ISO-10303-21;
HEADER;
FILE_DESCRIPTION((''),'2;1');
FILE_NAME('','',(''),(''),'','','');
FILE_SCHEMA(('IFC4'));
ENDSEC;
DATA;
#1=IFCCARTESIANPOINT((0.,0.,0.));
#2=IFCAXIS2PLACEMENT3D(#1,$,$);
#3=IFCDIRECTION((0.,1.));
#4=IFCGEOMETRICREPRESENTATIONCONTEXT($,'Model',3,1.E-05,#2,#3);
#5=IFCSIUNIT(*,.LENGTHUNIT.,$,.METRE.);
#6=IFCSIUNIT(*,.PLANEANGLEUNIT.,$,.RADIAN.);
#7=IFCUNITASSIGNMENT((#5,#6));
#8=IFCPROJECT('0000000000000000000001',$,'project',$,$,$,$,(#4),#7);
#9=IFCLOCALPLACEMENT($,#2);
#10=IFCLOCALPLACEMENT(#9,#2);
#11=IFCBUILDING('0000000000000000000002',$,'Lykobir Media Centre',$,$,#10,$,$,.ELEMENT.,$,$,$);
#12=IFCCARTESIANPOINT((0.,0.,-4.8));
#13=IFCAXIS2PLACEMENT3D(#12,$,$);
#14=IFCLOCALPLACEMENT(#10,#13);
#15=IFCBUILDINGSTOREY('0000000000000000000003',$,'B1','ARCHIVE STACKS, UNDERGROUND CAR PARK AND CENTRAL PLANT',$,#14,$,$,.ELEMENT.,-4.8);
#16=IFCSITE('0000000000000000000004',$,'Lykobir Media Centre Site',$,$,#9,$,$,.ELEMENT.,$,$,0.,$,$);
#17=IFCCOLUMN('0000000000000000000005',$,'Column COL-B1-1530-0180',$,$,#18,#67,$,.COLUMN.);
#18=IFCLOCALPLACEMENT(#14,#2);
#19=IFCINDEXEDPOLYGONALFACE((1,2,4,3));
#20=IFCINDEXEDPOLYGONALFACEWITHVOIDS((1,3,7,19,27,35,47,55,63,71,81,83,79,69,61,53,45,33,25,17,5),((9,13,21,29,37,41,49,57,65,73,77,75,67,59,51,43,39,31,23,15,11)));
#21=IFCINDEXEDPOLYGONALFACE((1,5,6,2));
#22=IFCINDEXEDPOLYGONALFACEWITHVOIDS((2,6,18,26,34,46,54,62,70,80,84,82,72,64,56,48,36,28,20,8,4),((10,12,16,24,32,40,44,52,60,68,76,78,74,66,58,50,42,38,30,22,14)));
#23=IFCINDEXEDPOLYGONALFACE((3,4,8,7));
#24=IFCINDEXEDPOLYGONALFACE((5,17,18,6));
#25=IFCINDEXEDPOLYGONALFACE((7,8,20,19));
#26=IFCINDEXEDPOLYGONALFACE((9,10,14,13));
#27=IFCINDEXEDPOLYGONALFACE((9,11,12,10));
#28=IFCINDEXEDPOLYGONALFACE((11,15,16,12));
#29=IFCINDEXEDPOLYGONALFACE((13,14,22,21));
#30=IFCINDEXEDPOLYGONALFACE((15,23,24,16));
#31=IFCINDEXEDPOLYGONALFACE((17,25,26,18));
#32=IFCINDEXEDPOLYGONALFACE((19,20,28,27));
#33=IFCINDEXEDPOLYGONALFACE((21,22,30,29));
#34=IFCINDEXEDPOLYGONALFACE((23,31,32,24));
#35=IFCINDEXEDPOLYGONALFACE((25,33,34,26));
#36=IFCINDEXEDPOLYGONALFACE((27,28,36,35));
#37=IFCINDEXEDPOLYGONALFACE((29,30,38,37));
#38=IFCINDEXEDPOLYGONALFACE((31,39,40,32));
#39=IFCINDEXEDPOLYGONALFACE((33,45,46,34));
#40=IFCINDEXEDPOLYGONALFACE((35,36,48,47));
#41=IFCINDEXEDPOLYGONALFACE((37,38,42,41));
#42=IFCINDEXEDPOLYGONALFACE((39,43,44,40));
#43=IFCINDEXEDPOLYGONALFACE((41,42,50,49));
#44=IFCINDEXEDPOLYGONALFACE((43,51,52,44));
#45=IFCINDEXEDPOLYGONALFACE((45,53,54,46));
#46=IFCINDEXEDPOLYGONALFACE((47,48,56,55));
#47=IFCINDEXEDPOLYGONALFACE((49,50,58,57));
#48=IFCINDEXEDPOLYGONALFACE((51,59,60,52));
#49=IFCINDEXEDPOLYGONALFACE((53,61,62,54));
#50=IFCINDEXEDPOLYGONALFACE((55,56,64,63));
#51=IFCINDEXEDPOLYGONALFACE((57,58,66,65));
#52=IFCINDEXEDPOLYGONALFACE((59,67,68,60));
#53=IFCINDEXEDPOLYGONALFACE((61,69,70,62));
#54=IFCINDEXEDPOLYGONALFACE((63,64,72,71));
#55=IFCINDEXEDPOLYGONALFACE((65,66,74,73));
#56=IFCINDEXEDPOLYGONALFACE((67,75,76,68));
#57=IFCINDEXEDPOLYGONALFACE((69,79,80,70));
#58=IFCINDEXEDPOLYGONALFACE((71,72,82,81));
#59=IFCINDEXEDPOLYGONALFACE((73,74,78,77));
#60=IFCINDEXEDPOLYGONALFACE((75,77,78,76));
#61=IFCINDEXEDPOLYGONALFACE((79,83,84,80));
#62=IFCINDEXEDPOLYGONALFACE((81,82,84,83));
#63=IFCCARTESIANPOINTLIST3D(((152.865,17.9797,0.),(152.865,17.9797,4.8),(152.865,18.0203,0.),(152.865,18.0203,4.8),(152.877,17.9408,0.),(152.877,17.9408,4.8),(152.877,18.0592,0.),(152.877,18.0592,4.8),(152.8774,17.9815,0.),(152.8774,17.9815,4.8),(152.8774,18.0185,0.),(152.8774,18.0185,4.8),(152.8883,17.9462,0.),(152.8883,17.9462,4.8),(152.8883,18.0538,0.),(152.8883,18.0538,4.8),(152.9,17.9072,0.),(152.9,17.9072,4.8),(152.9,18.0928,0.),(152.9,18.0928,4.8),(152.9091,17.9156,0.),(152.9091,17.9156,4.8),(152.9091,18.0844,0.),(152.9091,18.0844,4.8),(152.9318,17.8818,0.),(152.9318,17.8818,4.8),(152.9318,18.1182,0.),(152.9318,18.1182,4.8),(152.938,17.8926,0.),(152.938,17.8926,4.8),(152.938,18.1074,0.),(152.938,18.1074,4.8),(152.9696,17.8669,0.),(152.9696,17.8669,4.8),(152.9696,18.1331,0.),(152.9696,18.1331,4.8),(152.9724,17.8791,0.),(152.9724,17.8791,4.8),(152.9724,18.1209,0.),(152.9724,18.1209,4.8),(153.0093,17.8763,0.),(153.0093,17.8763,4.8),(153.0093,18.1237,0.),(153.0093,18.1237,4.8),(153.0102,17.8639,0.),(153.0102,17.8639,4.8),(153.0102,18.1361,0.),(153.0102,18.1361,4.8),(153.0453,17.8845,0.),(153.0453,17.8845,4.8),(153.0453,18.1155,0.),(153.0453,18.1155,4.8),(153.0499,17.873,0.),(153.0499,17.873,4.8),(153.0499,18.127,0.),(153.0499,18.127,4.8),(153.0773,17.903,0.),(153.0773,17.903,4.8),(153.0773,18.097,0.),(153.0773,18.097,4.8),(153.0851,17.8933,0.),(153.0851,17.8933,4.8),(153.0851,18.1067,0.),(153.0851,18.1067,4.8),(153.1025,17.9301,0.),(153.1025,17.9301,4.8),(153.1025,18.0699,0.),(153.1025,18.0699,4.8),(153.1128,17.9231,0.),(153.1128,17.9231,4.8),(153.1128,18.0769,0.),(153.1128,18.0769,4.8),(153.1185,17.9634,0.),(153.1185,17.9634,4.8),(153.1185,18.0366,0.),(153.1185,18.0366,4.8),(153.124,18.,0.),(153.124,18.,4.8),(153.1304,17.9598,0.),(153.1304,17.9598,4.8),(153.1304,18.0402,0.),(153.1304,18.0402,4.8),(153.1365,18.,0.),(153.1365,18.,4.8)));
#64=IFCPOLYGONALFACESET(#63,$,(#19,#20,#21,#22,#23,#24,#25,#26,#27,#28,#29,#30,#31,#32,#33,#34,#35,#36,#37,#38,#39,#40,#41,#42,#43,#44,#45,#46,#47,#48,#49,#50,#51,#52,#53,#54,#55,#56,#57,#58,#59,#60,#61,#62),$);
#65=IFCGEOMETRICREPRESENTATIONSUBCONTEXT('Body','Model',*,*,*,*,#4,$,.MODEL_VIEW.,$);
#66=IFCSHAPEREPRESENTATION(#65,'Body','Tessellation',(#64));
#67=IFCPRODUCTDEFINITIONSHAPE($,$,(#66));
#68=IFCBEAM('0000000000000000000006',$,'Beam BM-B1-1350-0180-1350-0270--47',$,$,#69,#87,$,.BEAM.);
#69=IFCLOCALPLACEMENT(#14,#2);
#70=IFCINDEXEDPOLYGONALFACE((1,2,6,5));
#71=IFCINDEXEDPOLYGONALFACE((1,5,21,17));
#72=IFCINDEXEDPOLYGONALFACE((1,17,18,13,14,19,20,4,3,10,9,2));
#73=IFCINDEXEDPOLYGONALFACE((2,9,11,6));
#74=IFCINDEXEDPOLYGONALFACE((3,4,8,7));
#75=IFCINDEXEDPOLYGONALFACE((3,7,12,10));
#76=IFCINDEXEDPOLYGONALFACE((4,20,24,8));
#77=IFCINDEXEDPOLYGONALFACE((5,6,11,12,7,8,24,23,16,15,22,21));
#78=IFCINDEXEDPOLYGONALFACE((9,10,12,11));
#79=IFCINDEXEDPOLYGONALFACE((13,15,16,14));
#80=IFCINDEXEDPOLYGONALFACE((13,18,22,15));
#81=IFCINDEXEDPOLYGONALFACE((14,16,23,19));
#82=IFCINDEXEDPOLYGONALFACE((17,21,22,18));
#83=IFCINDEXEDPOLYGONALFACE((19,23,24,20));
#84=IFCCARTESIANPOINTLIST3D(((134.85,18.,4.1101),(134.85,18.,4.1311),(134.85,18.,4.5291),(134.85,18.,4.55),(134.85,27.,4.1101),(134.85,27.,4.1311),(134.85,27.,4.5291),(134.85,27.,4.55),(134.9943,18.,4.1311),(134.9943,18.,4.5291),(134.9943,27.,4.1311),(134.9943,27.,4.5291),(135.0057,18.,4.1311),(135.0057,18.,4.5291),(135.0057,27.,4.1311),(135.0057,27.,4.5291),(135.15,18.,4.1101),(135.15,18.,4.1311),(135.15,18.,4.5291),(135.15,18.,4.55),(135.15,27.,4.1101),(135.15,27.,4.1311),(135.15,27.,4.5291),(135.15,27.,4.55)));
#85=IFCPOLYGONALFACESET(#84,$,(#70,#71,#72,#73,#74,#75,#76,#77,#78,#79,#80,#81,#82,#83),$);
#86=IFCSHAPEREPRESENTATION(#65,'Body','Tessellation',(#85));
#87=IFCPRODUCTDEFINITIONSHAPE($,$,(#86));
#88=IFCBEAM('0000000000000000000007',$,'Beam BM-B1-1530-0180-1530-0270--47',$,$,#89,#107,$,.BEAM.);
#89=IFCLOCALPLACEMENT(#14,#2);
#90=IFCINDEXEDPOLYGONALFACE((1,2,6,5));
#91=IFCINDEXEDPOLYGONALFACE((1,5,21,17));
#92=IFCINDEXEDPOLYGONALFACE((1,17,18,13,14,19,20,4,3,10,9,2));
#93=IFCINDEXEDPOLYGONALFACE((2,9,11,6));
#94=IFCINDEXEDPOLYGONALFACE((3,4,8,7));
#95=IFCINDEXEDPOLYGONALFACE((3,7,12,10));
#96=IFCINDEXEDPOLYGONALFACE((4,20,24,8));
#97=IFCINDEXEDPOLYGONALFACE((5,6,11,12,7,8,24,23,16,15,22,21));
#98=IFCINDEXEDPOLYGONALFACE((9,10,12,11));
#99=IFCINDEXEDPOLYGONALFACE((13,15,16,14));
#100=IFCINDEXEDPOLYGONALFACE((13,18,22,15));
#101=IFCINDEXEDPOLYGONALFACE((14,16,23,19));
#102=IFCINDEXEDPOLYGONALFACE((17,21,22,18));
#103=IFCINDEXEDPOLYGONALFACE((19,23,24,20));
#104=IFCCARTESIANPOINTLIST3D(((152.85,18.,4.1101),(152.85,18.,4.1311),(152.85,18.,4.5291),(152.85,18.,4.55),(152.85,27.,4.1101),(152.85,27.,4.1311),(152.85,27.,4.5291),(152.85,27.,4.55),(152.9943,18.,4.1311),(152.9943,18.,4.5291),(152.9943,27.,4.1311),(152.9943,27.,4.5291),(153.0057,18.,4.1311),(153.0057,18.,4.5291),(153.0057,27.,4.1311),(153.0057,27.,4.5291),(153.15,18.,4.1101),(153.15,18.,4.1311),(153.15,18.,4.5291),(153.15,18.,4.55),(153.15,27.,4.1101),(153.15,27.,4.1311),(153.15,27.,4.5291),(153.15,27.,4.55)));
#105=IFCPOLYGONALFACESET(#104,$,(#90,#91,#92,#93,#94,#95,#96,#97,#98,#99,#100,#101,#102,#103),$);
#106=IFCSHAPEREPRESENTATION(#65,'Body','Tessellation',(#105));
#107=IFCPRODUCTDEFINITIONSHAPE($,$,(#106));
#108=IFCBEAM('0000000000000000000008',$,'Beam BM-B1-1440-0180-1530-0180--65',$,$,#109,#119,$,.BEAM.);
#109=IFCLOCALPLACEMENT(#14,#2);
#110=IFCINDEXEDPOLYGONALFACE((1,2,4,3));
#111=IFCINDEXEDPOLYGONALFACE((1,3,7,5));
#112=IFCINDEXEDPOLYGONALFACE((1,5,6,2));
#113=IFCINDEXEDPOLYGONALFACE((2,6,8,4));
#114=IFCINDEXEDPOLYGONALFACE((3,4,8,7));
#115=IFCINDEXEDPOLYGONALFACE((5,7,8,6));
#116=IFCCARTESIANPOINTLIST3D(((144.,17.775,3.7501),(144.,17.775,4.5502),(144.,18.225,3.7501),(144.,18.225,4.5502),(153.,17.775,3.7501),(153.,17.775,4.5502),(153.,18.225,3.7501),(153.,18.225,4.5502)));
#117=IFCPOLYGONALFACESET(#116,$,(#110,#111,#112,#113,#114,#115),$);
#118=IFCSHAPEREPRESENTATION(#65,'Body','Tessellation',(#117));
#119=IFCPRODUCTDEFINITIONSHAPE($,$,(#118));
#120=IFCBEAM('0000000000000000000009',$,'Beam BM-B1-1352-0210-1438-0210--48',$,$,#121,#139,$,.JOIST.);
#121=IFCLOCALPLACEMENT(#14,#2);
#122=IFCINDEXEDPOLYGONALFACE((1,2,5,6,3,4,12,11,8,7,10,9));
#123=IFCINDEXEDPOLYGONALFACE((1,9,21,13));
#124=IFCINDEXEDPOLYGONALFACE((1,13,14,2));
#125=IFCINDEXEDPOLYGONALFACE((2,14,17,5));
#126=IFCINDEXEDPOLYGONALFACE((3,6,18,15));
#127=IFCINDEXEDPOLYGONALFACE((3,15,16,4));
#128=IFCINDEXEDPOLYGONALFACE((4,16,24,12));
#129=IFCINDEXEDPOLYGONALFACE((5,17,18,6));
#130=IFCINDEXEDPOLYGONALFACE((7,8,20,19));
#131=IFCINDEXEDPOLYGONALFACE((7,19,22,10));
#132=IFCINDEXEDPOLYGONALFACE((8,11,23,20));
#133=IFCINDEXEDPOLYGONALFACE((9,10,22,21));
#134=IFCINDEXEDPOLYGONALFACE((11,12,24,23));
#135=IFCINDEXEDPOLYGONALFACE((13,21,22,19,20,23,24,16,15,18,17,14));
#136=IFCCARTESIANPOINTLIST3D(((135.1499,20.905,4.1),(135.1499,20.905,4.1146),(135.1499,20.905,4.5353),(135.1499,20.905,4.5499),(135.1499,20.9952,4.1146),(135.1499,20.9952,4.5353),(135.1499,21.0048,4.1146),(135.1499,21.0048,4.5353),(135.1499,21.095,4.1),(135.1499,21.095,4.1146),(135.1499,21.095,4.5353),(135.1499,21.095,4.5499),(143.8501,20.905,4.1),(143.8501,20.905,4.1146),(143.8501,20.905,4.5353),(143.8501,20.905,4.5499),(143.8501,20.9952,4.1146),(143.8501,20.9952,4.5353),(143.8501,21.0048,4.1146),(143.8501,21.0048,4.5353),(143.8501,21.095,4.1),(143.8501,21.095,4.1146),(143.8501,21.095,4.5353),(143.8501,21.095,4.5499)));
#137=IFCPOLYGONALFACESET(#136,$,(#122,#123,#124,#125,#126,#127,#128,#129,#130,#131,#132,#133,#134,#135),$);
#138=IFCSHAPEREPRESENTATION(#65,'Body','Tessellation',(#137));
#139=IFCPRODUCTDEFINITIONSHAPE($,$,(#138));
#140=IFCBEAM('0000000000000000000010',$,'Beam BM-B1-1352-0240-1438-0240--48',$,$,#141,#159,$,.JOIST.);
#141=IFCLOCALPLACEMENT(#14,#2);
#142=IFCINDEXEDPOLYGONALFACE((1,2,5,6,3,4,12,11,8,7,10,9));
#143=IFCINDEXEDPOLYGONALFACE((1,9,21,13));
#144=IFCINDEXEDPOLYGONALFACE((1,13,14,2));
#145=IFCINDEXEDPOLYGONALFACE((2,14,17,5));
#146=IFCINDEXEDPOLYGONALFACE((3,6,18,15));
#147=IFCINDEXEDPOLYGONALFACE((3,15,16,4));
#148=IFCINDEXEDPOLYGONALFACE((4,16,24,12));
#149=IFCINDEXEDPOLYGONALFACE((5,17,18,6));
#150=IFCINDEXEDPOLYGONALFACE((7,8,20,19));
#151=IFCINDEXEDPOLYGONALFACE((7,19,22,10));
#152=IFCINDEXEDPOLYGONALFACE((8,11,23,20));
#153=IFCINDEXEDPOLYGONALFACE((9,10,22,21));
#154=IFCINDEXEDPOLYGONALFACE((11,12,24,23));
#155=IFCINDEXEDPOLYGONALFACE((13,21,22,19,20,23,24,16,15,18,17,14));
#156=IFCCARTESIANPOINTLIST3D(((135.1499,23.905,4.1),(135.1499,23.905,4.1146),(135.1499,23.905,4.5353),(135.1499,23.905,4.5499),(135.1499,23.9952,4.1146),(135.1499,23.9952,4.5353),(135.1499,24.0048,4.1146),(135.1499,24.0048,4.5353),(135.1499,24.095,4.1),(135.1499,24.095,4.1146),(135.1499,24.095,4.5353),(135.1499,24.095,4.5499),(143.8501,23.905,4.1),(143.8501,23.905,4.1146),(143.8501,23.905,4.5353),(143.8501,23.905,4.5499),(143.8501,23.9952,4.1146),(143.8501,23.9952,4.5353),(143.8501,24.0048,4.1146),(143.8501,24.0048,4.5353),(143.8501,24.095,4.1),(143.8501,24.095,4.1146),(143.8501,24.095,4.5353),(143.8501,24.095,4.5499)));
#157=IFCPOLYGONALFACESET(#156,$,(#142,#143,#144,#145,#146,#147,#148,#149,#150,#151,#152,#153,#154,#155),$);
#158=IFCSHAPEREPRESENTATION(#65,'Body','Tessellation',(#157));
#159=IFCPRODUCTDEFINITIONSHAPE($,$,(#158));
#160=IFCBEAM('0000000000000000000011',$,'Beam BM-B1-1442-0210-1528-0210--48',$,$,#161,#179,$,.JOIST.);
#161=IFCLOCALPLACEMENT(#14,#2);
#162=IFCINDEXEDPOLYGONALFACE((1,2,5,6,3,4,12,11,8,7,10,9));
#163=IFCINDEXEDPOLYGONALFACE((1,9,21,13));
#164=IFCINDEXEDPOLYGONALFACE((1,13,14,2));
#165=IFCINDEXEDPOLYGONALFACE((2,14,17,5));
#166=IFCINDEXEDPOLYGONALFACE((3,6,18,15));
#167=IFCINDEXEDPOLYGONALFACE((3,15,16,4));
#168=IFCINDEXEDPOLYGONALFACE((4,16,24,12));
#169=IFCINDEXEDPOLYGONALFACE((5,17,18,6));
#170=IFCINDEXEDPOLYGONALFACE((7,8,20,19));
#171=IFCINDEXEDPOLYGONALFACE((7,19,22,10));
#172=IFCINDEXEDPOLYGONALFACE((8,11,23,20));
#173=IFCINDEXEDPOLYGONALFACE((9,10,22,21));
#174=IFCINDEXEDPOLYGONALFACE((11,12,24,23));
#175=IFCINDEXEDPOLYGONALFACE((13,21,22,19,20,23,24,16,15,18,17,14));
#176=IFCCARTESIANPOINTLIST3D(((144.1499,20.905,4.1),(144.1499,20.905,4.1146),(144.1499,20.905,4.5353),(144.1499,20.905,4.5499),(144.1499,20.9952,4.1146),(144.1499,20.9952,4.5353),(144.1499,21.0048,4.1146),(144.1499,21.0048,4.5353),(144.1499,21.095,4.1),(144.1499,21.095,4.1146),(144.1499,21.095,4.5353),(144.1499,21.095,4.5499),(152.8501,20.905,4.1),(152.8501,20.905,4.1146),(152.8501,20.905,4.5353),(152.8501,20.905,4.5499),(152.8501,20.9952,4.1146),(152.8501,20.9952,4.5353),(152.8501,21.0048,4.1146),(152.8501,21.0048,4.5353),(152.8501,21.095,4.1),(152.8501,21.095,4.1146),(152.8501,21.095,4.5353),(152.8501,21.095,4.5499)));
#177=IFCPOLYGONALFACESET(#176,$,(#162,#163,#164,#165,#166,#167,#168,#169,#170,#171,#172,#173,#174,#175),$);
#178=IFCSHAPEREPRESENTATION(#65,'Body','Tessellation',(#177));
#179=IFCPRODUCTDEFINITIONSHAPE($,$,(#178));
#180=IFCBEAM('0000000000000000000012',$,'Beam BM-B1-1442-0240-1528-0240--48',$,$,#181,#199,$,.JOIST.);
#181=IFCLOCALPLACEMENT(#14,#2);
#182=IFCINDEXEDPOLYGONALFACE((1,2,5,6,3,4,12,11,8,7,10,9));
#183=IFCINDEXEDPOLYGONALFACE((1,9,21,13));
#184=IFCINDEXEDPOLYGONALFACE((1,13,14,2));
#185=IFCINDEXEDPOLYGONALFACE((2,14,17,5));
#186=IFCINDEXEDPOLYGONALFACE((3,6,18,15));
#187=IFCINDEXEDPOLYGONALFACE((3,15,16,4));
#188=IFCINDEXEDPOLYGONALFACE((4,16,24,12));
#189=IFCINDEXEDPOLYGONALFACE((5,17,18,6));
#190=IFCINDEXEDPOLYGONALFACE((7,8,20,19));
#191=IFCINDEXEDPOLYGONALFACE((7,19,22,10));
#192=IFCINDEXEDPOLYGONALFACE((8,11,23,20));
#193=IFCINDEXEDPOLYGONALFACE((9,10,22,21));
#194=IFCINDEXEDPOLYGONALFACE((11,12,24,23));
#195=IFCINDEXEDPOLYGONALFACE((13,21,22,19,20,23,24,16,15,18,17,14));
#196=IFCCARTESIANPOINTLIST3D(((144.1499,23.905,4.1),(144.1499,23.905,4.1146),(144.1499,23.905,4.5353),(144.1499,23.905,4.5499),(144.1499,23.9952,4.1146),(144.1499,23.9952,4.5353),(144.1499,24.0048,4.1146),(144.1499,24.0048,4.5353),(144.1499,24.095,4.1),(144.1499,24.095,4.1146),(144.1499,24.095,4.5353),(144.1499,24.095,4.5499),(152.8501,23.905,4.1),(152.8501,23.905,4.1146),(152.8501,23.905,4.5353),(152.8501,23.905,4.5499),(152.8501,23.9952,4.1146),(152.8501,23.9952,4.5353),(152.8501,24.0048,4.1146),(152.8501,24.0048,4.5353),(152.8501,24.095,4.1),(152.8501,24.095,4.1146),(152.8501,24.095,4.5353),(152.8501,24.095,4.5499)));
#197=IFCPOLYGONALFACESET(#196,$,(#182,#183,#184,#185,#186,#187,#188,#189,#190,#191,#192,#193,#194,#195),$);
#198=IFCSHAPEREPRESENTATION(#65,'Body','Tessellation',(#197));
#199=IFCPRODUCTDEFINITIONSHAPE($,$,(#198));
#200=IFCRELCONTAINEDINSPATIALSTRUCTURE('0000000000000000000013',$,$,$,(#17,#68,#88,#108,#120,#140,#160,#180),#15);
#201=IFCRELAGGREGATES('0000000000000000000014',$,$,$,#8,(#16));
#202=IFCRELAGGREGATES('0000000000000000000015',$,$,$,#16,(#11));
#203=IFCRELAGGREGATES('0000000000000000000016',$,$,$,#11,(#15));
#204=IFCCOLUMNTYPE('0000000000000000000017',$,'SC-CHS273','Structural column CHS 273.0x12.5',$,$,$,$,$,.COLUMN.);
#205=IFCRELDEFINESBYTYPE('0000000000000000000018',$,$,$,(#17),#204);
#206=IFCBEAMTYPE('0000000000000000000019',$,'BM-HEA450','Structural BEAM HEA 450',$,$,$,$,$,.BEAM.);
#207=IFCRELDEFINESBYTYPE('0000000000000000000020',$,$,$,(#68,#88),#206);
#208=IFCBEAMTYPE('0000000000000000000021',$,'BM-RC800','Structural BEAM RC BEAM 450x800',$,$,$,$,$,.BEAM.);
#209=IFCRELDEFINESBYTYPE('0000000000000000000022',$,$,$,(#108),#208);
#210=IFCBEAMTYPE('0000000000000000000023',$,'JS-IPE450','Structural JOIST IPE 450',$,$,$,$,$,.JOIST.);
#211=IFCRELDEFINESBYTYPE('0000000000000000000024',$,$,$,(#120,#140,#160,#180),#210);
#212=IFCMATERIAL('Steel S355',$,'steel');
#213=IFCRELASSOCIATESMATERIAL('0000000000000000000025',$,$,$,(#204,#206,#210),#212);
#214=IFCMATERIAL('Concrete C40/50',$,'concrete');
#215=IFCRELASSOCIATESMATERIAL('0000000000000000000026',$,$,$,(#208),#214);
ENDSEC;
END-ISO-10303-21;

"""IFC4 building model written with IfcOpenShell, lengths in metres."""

from ifc_helpers import new_model, si_unit, direction, frame, origin, origin_2d, place, context, subcontext, project, spatial, rectangle, hollow_circle, i_section, extrude, material, material_profile, profile_set, type_object, element, save


model = new_model("IFC4")

# Units and contexts
model_context = context("Model", 3, precision=1e-05, world=origin(), true_north=direction((0.0, 1.0)))
body_context = subcontext(model_context, "Body", "Model", "MODEL_VIEW")
ifc_project = project(units=[si_unit("LENGTHUNIT", "METRE"), si_unit("PLANEANGLEUNIT", "RADIAN")], contexts=[model_context])

# Site, building, storey
site_placement = place(None, origin())
site = spatial("IfcSite", under=ifc_project, at=site_placement, Name="Lykobir Media Centre Site", CompositionType="ELEMENT", RefElevation=0.0)
building_placement = place(site_placement, origin())
building = spatial("IfcBuilding", under=site, at=building_placement, Name="Lykobir Media Centre", CompositionType="ELEMENT")
storey_placement = place(building_placement, frame((0.0, 0.0, -4.8)))
storey = spatial("IfcBuildingStorey", under=building, at=storey_placement, Name="B1", Description="ARCHIVE STACKS, UNDERGROUND CAR PARK AND CENTRAL PLANT", CompositionType="ELEMENT", Elevation=-4.8)

# Column
ifc_material_1 = material(Name="Concrete C40/50", Category="concrete")
ifc_material_2 = material(Name="Steel S355", Category="steel")
ifc_material_profile_1 = material_profile(ifc_material_2, hollow_circle(Radius=0.1365, WallThickness=0.0125, at=origin_2d()), Name="CHS 273.0x12.5")
ifc_profile_set_1 = profile_set([ifc_material_profile_1], Name="Steel S355")
column_type_1 = type_object("IfcColumnType", Name="SC-CHS273", Description="Structural column CHS 273.0x12.5", PredefinedType="COLUMN", material=ifc_profile_set_1)
for number, where, z_axis, x_axis, name in (
    (1, (153.0, 18.0, 0.0), (0.0, 0.0, 1.0), (1.0, 0.0, 0.0), "Column COL-B1-1530-0180"),
):
    element("IfcColumn", number, at=place(storey_placement, frame(where, z_axis=z_axis, x_axis=x_axis)), inside=storey, type_object=column_type_1, Name=name, PredefinedType="COLUMN", context=body_context, shape_type="SweptSolid", body=[
        extrude(hollow_circle(Radius=0.1365, WallThickness=0.0125, at=origin_2d()), origin(), (0.0, 0.0, 1.0), 4.8),
    ])

# Beams
ifc_material_profile_2 = material_profile(ifc_material_2, i_section(OverallWidth=0.3, OverallDepth=0.4399, WebThickness=0.0115, FlangeThickness=0.021, at=origin_2d()), Name="HEA 450")
ifc_profile_set_2 = profile_set([ifc_material_profile_2], Name="Steel S355")
beam_type_1 = type_object("IfcBeamType", Name="BM-HEA450", Description="Structural BEAM HEA 450", PredefinedType="BEAM", material=ifc_profile_set_2)
for number, where, z_axis, x_axis, name in (
    (2, (135.0, 18.0, 4.3301), (0.0, 1.0, 0.0), (-1.0, 0.0, 0.0), "Beam BM-B1-1350-0180-1350-0270--47"),
    (3, (153.0, 18.0, 4.3301), (0.0, 1.0, 0.0), (-1.0, 0.0, 0.0), "Beam BM-B1-1530-0180-1530-0270--47"),
):
    element("IfcBeam", number, at=place(storey_placement, frame(where, z_axis=z_axis, x_axis=x_axis)), inside=storey, type_object=beam_type_1, Name=name, PredefinedType="BEAM", context=body_context, shape_type="SweptSolid", body=[
        extrude(i_section(OverallWidth=0.3, OverallDepth=0.4399, WebThickness=0.0115, FlangeThickness=0.021, at=origin_2d()), origin(), (0.0, 0.0, 1.0), 9.0),
    ])
ifc_material_profile_3 = material_profile(ifc_material_1, rectangle(XDim=0.45, YDim=0.8, at=origin_2d()), Name="RC BEAM 450x800")
ifc_profile_set_3 = profile_set([ifc_material_profile_3], Name="Concrete C40/50")
beam_type_2 = type_object("IfcBeamType", Name="BM-RC800", Description="Structural BEAM RC BEAM 450x800", PredefinedType="BEAM", material=ifc_profile_set_3)
beam_placement = place(storey_placement, frame((144.0, 18.0, 4.1501), z_axis=(1.0, 0.0, 0.0), x_axis=(0.0, 1.0, 0.0)))
element("IfcBeam", 4, at=beam_placement, inside=storey, type_object=beam_type_2, Name="Beam BM-B1-1440-0180-1530-0180--65", PredefinedType="BEAM", context=body_context, shape_type="SweptSolid", body=[
    extrude(rectangle(XDim=0.45, YDim=0.8, at=origin_2d()), origin(), (0.0, 0.0, 1.0), 9.0),
])
ifc_material_profile_4 = material_profile(ifc_material_2, i_section(OverallWidth=0.1899, OverallDepth=0.45, WebThickness=0.0095, FlangeThickness=0.0146, at=origin_2d()), Name="IPE 450")
ifc_profile_set_4 = profile_set([ifc_material_profile_4], Name="Steel S355")
beam_type_3 = type_object("IfcBeamType", Name="JS-IPE450", Description="Structural JOIST IPE 450", PredefinedType="JOIST", material=ifc_profile_set_4)
for number, where, z_axis, x_axis, name in (
    (5, (135.1499, 21.0, 4.325), (1.0, 0.0, 0.0), (0.0, 1.0, 0.0), "Beam BM-B1-1352-0210-1438-0210--48"),
    (6, (135.1499, 24.0, 4.325), (1.0, 0.0, 0.0), (0.0, 1.0, 0.0), "Beam BM-B1-1352-0240-1438-0240--48"),
    (7, (144.1499, 21.0, 4.325), (1.0, 0.0, 0.0), (0.0, 1.0, 0.0), "Beam BM-B1-1442-0210-1528-0210--48"),
    (8, (144.1499, 24.0, 4.325), (1.0, 0.0, 0.0), (0.0, 1.0, 0.0), "Beam BM-B1-1442-0240-1528-0240--48"),
):
    element("IfcBeam", number, at=place(storey_placement, frame(where, z_axis=z_axis, x_axis=x_axis)), inside=storey, type_object=beam_type_3, Name=name, PredefinedType="JOIST", context=body_context, shape_type="SweptSolid", body=[
        extrude(i_section(OverallWidth=0.1899, OverallDepth=0.45, WebThickness=0.0095, FlangeThickness=0.0146, at=origin_2d()), origin(), (0.0, 0.0, 1.0), 8.7002),
    ])

save(model, "model.ifc")
